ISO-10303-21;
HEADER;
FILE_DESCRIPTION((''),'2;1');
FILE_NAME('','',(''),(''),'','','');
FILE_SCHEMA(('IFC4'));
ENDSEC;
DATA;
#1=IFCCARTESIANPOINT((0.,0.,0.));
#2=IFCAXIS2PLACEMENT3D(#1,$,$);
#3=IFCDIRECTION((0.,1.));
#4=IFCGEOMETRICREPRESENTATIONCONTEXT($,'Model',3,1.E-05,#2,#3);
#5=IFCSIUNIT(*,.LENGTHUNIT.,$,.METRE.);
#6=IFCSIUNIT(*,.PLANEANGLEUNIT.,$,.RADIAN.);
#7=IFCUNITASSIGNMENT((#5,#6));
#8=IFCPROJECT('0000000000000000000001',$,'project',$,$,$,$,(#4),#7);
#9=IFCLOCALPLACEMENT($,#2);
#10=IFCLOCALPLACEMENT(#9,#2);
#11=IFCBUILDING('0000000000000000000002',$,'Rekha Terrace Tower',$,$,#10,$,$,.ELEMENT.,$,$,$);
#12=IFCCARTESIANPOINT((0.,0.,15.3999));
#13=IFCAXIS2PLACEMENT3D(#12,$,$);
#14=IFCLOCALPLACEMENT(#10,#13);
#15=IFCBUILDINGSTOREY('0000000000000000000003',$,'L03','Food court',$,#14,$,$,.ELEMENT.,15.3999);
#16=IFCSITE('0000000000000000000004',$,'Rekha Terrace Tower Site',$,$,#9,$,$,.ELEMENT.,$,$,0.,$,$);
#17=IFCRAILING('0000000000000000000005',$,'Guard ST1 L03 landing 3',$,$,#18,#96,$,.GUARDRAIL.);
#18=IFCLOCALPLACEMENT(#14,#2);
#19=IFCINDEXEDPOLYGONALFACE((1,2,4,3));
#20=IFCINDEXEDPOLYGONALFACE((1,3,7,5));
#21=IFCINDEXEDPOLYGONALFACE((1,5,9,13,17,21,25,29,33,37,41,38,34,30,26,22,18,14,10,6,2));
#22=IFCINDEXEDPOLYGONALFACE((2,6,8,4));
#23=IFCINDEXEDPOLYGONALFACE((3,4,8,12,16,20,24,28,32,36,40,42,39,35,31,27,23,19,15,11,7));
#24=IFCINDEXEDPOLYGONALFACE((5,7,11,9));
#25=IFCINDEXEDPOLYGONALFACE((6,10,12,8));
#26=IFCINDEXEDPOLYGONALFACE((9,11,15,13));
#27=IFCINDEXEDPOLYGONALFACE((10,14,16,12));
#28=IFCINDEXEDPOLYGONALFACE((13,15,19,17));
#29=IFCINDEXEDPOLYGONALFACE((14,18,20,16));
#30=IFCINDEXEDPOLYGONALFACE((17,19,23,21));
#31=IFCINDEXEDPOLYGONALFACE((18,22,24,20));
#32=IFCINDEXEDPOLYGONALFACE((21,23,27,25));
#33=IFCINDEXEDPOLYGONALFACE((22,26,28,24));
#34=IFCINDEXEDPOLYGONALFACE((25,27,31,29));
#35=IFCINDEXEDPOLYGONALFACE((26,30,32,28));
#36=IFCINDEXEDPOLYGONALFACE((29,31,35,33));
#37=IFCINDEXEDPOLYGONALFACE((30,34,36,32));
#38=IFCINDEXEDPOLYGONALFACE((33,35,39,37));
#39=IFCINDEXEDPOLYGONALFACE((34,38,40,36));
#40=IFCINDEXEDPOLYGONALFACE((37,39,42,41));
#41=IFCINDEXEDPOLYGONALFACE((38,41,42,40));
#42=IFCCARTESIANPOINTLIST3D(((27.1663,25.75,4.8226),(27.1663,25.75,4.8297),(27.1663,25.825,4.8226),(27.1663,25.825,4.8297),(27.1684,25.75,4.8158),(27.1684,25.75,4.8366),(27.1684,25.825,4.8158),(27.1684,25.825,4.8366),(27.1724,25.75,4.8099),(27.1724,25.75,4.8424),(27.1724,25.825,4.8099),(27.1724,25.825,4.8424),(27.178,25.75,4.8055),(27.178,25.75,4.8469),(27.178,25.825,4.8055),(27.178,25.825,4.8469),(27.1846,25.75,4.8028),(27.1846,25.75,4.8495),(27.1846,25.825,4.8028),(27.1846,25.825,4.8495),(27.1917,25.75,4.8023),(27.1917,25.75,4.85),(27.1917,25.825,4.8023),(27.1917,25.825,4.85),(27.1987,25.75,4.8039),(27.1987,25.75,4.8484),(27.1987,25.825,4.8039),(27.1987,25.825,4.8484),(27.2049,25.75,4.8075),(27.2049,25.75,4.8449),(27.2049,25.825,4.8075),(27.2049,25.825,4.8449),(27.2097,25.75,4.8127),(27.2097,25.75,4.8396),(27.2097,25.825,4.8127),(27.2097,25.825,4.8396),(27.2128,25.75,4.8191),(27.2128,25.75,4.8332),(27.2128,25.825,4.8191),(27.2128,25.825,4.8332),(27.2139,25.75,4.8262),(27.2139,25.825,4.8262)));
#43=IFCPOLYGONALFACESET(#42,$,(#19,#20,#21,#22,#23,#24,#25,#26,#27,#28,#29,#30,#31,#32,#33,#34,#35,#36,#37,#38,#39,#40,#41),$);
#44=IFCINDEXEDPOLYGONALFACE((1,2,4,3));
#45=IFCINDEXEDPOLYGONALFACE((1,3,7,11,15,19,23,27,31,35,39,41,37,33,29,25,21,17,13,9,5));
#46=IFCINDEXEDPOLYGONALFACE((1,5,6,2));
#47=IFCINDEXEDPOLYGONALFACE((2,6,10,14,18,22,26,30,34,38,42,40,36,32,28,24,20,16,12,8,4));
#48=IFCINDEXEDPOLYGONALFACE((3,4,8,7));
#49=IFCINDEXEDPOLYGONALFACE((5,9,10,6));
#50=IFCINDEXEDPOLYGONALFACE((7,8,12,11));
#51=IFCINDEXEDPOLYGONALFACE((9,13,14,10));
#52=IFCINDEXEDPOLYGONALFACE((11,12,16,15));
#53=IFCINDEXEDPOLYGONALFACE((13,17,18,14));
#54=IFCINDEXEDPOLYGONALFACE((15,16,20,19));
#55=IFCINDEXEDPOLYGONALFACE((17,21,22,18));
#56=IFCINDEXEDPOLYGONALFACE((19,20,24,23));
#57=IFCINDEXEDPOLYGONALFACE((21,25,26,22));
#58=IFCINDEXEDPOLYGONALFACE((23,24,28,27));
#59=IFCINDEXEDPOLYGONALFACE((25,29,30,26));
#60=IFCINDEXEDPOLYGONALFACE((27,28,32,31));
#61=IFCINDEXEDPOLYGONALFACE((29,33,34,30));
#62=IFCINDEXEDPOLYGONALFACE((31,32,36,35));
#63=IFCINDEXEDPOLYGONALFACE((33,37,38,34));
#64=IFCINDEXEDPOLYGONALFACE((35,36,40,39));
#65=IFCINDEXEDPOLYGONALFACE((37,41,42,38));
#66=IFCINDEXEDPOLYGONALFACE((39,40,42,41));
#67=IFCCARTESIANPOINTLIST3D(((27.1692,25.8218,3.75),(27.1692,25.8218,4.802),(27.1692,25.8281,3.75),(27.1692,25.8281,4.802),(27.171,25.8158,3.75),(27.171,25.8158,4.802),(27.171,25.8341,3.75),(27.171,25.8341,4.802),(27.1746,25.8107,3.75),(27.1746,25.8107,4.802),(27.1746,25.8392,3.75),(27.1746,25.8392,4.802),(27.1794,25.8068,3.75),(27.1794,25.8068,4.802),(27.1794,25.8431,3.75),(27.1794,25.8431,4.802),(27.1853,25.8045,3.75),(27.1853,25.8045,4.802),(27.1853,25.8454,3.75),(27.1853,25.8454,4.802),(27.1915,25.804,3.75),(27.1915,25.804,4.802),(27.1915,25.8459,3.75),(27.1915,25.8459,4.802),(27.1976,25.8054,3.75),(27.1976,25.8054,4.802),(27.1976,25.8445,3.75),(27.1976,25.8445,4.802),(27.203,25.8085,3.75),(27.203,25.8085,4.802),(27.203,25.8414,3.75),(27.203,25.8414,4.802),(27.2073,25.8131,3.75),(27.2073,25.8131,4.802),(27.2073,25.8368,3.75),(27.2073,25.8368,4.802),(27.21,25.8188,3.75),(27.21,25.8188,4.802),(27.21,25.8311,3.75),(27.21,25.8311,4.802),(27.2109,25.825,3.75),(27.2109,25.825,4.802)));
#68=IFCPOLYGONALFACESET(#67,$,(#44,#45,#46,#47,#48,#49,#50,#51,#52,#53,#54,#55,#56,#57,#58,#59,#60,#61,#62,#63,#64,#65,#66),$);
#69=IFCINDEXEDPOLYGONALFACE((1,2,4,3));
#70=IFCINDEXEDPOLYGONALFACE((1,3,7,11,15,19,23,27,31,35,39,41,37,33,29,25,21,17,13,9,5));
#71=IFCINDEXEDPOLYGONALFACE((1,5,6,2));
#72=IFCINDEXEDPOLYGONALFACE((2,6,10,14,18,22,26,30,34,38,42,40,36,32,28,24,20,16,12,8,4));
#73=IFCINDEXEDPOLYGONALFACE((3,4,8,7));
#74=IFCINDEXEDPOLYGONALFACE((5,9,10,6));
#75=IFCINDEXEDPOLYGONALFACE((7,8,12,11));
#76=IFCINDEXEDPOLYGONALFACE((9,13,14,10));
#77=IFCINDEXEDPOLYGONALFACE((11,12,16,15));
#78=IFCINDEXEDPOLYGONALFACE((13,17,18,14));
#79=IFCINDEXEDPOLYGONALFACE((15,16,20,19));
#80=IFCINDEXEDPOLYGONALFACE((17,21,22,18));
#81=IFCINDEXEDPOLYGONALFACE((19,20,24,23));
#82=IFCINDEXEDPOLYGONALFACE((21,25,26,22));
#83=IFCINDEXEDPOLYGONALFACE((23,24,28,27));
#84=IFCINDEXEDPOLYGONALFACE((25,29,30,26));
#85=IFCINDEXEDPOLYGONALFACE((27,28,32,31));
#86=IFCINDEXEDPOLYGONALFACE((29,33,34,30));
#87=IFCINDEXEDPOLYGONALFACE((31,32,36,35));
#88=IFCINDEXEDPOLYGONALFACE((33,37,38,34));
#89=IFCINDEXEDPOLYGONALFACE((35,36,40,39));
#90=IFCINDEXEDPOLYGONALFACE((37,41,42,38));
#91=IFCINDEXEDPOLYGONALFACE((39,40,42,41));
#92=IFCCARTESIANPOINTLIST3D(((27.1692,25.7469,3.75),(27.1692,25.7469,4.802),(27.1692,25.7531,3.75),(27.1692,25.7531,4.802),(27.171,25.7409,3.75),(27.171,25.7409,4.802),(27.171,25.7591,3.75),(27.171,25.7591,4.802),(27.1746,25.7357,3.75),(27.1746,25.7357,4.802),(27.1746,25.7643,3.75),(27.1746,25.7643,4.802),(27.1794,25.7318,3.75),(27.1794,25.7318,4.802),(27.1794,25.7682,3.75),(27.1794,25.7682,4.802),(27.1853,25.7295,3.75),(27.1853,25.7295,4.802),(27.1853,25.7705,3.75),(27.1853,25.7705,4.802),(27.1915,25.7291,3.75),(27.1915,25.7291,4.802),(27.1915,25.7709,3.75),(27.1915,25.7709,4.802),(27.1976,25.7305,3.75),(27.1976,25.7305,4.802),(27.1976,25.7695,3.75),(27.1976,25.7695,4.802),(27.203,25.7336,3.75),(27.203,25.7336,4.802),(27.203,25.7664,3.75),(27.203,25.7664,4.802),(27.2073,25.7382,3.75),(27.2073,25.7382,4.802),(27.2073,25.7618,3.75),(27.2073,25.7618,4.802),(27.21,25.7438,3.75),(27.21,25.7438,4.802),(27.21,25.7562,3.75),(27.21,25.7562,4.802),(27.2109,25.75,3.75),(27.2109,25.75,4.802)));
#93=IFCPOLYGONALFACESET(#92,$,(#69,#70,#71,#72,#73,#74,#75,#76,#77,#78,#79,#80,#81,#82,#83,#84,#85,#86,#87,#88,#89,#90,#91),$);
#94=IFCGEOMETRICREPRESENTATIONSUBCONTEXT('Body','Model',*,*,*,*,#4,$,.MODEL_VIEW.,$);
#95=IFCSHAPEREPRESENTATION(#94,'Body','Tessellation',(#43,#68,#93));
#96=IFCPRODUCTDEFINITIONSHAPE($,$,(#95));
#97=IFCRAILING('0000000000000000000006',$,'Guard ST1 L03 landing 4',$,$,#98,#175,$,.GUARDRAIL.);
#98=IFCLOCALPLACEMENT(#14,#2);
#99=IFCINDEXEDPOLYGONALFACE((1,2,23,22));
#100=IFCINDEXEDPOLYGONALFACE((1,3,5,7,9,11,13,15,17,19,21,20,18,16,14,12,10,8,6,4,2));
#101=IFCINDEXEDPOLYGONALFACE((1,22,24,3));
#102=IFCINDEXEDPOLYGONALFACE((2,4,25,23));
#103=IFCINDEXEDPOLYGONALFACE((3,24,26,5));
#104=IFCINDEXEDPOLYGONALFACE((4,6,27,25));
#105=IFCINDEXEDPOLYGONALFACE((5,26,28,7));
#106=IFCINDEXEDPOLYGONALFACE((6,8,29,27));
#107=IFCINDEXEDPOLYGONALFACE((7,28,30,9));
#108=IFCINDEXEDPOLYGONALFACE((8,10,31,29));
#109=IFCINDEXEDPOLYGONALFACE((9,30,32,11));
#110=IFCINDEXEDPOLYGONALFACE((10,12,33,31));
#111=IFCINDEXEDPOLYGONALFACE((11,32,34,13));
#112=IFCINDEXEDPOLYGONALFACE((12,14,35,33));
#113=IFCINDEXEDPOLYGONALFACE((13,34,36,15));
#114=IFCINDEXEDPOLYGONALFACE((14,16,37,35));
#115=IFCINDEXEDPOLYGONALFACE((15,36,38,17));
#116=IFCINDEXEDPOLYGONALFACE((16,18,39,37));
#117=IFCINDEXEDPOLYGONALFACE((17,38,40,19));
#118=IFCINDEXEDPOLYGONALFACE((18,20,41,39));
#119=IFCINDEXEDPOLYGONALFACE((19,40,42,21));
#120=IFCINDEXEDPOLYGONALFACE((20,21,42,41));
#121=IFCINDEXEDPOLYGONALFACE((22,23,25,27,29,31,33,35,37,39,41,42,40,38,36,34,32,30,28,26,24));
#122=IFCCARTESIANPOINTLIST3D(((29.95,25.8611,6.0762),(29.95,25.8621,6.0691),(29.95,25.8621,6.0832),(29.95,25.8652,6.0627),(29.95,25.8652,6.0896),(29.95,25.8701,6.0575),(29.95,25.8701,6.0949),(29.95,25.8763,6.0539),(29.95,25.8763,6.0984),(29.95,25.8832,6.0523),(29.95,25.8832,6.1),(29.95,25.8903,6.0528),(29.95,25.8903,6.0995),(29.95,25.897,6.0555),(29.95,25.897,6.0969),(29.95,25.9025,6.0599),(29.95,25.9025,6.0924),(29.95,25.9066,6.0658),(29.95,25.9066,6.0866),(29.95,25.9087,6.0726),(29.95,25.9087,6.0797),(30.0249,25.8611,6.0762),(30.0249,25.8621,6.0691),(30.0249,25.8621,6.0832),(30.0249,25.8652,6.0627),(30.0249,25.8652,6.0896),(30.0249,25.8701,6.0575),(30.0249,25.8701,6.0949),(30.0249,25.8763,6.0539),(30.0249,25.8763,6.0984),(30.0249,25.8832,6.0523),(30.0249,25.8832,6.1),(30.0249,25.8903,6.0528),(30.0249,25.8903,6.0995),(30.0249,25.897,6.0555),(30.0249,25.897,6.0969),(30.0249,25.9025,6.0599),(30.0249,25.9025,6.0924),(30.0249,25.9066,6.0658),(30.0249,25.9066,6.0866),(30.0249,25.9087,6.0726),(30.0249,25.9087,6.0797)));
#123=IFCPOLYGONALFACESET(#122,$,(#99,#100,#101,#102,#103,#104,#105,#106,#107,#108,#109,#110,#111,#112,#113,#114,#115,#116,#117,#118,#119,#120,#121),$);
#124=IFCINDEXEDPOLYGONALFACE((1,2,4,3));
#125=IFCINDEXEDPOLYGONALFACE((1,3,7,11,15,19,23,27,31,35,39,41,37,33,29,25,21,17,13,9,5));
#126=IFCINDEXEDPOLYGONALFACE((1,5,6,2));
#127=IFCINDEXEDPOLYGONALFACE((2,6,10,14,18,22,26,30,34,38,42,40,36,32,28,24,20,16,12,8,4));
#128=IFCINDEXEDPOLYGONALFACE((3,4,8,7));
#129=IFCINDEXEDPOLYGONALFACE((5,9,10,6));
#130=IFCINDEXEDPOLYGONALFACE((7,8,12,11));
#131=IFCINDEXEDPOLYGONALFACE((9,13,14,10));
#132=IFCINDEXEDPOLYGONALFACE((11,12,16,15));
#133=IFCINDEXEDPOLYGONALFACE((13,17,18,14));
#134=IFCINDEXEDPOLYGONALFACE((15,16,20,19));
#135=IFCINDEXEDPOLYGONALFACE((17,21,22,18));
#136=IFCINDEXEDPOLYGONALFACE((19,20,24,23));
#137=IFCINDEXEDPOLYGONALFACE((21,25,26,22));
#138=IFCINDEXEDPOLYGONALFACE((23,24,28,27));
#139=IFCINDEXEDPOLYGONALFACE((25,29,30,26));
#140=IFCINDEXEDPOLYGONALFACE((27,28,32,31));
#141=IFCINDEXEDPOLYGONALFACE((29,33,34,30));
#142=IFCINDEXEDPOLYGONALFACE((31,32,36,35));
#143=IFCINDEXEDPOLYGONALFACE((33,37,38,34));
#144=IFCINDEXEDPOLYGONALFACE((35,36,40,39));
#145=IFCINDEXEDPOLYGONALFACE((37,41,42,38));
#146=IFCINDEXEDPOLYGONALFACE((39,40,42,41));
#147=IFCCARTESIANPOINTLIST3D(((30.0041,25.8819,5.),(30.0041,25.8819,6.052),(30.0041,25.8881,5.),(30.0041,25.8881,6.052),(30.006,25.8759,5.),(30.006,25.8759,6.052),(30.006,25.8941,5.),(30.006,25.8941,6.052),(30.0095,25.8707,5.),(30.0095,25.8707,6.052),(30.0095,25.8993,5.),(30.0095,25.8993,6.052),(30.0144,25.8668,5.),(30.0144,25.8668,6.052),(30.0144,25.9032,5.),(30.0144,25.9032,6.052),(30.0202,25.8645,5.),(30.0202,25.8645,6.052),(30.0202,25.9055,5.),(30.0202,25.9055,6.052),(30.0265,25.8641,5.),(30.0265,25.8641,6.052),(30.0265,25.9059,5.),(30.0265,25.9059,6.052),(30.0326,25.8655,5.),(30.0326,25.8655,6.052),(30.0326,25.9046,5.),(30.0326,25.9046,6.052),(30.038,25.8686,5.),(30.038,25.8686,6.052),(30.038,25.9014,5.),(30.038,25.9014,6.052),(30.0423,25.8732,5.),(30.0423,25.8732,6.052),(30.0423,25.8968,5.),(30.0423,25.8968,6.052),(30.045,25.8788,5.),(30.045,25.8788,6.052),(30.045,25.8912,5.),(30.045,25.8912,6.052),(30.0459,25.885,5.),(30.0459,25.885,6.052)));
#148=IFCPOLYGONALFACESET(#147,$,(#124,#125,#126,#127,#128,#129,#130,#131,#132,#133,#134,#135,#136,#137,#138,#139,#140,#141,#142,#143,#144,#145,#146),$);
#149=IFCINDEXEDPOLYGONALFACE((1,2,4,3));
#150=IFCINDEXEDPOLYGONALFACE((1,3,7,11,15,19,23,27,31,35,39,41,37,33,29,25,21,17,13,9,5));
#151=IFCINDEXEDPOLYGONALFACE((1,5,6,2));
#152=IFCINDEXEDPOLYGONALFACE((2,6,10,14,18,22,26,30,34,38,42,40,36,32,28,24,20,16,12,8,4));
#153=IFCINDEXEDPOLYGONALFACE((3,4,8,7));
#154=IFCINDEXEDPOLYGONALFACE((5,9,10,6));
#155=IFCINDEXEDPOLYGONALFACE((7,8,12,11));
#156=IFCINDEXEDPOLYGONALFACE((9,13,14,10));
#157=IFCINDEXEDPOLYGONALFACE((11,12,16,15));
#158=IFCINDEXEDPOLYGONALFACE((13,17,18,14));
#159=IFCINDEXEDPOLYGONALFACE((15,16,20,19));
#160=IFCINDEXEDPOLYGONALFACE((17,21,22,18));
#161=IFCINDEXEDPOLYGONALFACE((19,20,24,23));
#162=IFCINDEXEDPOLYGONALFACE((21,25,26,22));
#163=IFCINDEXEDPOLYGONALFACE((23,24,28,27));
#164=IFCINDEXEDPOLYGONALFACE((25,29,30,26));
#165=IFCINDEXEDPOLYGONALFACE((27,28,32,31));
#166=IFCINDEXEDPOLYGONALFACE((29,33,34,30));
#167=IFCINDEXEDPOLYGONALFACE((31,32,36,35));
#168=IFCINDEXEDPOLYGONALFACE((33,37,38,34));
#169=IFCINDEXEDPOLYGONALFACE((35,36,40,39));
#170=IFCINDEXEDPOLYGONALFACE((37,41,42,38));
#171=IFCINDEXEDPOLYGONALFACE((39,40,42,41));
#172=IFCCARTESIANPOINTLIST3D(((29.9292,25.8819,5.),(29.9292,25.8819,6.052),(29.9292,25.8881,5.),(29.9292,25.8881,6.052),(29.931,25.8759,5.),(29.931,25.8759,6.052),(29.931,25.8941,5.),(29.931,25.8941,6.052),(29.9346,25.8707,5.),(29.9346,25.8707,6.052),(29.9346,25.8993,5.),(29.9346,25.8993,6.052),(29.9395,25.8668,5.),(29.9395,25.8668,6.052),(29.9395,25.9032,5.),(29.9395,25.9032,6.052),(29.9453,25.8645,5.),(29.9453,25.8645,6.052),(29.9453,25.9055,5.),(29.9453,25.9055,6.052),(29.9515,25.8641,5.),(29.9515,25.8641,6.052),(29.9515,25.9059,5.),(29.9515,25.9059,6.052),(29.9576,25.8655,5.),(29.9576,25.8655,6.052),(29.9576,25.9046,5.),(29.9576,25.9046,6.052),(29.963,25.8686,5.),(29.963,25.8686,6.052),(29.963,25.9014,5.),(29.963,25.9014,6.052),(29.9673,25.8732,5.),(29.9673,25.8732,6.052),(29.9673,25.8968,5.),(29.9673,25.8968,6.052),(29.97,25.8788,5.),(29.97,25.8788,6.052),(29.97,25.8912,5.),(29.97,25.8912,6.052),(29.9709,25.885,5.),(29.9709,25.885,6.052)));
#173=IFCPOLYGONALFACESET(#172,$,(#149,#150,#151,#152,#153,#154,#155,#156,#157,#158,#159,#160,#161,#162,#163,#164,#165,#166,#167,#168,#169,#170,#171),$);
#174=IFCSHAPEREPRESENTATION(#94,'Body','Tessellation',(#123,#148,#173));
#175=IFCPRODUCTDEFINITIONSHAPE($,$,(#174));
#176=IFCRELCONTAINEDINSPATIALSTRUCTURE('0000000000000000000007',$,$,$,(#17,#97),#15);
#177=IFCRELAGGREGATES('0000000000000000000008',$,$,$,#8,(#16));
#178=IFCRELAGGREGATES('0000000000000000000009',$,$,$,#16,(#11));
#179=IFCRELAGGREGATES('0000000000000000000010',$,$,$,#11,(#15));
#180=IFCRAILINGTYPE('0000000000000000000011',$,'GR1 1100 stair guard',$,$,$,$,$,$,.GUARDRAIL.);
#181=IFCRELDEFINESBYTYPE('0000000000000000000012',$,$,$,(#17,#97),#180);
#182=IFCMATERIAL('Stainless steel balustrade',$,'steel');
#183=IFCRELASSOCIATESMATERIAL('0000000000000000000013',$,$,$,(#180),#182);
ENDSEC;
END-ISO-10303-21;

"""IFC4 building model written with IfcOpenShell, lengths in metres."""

from ifc_helpers import new_model, si_unit, direction, frame, origin, origin_2d, place, context, subcontext, project, spatial, circle, extrude, material, type_object, element, save


model = new_model("IFC4")

# Units and contexts
model_context = context("Model", 3, precision=1e-05, world=origin(), true_north=direction((0.0, 1.0)))
body_context = subcontext(model_context, "Body", "Model", "MODEL_VIEW")
ifc_project = project(units=[si_unit("LENGTHUNIT", "METRE"), si_unit("PLANEANGLEUNIT", "RADIAN")], contexts=[model_context])

# Site, building, storey
site_placement = place(None, origin())
site = spatial("IfcSite", under=ifc_project, at=site_placement, Name="Rekha Terrace Tower Site", CompositionType="ELEMENT", RefElevation=0.0)
building_placement = place(site_placement, origin())
building = spatial("IfcBuilding", under=site, at=building_placement, Name="Rekha Terrace Tower", CompositionType="ELEMENT")
storey_placement = place(building_placement, frame((0.0, 0.0, 15.3999)))
storey = spatial("IfcBuildingStorey", under=building, at=storey_placement, Name="L03", Description="Food court", CompositionType="ELEMENT", Elevation=15.3999)

# Railings
ifc_material_1 = material(Name="Stainless steel balustrade", Category="steel")
railing_type_1 = type_object("IfcRailingType", Name="GR1 1100 stair guard", PredefinedType="GUARDRAIL", material=ifc_material_1)
railing_1_placement = place(storey_placement, frame((27.1899, 25.825, 3.75)))
element("IfcRailing", 1, at=railing_1_placement, inside=storey, type_object=railing_type_1, Name="Guard ST1 L03 landing 3", PredefinedType="GUARDRAIL", context=body_context, shape_type="SweptSolid", body=[
    extrude(circle(Radius=0.0239, at=origin_2d()), frame((0.0, 0.0, 1.0762), z_axis=(0.0, -1.0, 0.0), x_axis=(1.0, 0.0, 0.0)), (0.0, 0.0, 1.0), 0.075),
    extrude(circle(Radius=0.021, at=origin_2d()), origin(), (0.0, 0.0, 1.0), 1.052),
    extrude(circle(Radius=0.021, at=origin_2d()), frame((0.0, -0.075, 0.0)), (0.0, 0.0, 1.0), 1.052),
])
railing_2_placement = place(storey_placement, frame((30.0249, 25.885, 5.0)))
element("IfcRailing", 2, at=railing_2_placement, inside=storey, type_object=railing_type_1, Name="Guard ST1 L03 landing 4", PredefinedType="GUARDRAIL", context=body_context, shape_type="SweptSolid", body=[
    extrude(circle(Radius=0.0239, at=origin_2d()), frame((0.0, 0.0, 1.0762), z_axis=(-1.0, 0.0, 0.0), x_axis=(0.0, -1.0, 0.0)), (0.0, 0.0, 1.0), 0.075),
    extrude(circle(Radius=0.021, at=origin_2d()), origin(), (0.0, 0.0, 1.0), 1.052),
    extrude(circle(Radius=0.021, at=origin_2d()), frame((-0.075, 0.0, 0.0)), (0.0, 0.0, 1.0), 1.052),
])

save(model, "model.ifc")
